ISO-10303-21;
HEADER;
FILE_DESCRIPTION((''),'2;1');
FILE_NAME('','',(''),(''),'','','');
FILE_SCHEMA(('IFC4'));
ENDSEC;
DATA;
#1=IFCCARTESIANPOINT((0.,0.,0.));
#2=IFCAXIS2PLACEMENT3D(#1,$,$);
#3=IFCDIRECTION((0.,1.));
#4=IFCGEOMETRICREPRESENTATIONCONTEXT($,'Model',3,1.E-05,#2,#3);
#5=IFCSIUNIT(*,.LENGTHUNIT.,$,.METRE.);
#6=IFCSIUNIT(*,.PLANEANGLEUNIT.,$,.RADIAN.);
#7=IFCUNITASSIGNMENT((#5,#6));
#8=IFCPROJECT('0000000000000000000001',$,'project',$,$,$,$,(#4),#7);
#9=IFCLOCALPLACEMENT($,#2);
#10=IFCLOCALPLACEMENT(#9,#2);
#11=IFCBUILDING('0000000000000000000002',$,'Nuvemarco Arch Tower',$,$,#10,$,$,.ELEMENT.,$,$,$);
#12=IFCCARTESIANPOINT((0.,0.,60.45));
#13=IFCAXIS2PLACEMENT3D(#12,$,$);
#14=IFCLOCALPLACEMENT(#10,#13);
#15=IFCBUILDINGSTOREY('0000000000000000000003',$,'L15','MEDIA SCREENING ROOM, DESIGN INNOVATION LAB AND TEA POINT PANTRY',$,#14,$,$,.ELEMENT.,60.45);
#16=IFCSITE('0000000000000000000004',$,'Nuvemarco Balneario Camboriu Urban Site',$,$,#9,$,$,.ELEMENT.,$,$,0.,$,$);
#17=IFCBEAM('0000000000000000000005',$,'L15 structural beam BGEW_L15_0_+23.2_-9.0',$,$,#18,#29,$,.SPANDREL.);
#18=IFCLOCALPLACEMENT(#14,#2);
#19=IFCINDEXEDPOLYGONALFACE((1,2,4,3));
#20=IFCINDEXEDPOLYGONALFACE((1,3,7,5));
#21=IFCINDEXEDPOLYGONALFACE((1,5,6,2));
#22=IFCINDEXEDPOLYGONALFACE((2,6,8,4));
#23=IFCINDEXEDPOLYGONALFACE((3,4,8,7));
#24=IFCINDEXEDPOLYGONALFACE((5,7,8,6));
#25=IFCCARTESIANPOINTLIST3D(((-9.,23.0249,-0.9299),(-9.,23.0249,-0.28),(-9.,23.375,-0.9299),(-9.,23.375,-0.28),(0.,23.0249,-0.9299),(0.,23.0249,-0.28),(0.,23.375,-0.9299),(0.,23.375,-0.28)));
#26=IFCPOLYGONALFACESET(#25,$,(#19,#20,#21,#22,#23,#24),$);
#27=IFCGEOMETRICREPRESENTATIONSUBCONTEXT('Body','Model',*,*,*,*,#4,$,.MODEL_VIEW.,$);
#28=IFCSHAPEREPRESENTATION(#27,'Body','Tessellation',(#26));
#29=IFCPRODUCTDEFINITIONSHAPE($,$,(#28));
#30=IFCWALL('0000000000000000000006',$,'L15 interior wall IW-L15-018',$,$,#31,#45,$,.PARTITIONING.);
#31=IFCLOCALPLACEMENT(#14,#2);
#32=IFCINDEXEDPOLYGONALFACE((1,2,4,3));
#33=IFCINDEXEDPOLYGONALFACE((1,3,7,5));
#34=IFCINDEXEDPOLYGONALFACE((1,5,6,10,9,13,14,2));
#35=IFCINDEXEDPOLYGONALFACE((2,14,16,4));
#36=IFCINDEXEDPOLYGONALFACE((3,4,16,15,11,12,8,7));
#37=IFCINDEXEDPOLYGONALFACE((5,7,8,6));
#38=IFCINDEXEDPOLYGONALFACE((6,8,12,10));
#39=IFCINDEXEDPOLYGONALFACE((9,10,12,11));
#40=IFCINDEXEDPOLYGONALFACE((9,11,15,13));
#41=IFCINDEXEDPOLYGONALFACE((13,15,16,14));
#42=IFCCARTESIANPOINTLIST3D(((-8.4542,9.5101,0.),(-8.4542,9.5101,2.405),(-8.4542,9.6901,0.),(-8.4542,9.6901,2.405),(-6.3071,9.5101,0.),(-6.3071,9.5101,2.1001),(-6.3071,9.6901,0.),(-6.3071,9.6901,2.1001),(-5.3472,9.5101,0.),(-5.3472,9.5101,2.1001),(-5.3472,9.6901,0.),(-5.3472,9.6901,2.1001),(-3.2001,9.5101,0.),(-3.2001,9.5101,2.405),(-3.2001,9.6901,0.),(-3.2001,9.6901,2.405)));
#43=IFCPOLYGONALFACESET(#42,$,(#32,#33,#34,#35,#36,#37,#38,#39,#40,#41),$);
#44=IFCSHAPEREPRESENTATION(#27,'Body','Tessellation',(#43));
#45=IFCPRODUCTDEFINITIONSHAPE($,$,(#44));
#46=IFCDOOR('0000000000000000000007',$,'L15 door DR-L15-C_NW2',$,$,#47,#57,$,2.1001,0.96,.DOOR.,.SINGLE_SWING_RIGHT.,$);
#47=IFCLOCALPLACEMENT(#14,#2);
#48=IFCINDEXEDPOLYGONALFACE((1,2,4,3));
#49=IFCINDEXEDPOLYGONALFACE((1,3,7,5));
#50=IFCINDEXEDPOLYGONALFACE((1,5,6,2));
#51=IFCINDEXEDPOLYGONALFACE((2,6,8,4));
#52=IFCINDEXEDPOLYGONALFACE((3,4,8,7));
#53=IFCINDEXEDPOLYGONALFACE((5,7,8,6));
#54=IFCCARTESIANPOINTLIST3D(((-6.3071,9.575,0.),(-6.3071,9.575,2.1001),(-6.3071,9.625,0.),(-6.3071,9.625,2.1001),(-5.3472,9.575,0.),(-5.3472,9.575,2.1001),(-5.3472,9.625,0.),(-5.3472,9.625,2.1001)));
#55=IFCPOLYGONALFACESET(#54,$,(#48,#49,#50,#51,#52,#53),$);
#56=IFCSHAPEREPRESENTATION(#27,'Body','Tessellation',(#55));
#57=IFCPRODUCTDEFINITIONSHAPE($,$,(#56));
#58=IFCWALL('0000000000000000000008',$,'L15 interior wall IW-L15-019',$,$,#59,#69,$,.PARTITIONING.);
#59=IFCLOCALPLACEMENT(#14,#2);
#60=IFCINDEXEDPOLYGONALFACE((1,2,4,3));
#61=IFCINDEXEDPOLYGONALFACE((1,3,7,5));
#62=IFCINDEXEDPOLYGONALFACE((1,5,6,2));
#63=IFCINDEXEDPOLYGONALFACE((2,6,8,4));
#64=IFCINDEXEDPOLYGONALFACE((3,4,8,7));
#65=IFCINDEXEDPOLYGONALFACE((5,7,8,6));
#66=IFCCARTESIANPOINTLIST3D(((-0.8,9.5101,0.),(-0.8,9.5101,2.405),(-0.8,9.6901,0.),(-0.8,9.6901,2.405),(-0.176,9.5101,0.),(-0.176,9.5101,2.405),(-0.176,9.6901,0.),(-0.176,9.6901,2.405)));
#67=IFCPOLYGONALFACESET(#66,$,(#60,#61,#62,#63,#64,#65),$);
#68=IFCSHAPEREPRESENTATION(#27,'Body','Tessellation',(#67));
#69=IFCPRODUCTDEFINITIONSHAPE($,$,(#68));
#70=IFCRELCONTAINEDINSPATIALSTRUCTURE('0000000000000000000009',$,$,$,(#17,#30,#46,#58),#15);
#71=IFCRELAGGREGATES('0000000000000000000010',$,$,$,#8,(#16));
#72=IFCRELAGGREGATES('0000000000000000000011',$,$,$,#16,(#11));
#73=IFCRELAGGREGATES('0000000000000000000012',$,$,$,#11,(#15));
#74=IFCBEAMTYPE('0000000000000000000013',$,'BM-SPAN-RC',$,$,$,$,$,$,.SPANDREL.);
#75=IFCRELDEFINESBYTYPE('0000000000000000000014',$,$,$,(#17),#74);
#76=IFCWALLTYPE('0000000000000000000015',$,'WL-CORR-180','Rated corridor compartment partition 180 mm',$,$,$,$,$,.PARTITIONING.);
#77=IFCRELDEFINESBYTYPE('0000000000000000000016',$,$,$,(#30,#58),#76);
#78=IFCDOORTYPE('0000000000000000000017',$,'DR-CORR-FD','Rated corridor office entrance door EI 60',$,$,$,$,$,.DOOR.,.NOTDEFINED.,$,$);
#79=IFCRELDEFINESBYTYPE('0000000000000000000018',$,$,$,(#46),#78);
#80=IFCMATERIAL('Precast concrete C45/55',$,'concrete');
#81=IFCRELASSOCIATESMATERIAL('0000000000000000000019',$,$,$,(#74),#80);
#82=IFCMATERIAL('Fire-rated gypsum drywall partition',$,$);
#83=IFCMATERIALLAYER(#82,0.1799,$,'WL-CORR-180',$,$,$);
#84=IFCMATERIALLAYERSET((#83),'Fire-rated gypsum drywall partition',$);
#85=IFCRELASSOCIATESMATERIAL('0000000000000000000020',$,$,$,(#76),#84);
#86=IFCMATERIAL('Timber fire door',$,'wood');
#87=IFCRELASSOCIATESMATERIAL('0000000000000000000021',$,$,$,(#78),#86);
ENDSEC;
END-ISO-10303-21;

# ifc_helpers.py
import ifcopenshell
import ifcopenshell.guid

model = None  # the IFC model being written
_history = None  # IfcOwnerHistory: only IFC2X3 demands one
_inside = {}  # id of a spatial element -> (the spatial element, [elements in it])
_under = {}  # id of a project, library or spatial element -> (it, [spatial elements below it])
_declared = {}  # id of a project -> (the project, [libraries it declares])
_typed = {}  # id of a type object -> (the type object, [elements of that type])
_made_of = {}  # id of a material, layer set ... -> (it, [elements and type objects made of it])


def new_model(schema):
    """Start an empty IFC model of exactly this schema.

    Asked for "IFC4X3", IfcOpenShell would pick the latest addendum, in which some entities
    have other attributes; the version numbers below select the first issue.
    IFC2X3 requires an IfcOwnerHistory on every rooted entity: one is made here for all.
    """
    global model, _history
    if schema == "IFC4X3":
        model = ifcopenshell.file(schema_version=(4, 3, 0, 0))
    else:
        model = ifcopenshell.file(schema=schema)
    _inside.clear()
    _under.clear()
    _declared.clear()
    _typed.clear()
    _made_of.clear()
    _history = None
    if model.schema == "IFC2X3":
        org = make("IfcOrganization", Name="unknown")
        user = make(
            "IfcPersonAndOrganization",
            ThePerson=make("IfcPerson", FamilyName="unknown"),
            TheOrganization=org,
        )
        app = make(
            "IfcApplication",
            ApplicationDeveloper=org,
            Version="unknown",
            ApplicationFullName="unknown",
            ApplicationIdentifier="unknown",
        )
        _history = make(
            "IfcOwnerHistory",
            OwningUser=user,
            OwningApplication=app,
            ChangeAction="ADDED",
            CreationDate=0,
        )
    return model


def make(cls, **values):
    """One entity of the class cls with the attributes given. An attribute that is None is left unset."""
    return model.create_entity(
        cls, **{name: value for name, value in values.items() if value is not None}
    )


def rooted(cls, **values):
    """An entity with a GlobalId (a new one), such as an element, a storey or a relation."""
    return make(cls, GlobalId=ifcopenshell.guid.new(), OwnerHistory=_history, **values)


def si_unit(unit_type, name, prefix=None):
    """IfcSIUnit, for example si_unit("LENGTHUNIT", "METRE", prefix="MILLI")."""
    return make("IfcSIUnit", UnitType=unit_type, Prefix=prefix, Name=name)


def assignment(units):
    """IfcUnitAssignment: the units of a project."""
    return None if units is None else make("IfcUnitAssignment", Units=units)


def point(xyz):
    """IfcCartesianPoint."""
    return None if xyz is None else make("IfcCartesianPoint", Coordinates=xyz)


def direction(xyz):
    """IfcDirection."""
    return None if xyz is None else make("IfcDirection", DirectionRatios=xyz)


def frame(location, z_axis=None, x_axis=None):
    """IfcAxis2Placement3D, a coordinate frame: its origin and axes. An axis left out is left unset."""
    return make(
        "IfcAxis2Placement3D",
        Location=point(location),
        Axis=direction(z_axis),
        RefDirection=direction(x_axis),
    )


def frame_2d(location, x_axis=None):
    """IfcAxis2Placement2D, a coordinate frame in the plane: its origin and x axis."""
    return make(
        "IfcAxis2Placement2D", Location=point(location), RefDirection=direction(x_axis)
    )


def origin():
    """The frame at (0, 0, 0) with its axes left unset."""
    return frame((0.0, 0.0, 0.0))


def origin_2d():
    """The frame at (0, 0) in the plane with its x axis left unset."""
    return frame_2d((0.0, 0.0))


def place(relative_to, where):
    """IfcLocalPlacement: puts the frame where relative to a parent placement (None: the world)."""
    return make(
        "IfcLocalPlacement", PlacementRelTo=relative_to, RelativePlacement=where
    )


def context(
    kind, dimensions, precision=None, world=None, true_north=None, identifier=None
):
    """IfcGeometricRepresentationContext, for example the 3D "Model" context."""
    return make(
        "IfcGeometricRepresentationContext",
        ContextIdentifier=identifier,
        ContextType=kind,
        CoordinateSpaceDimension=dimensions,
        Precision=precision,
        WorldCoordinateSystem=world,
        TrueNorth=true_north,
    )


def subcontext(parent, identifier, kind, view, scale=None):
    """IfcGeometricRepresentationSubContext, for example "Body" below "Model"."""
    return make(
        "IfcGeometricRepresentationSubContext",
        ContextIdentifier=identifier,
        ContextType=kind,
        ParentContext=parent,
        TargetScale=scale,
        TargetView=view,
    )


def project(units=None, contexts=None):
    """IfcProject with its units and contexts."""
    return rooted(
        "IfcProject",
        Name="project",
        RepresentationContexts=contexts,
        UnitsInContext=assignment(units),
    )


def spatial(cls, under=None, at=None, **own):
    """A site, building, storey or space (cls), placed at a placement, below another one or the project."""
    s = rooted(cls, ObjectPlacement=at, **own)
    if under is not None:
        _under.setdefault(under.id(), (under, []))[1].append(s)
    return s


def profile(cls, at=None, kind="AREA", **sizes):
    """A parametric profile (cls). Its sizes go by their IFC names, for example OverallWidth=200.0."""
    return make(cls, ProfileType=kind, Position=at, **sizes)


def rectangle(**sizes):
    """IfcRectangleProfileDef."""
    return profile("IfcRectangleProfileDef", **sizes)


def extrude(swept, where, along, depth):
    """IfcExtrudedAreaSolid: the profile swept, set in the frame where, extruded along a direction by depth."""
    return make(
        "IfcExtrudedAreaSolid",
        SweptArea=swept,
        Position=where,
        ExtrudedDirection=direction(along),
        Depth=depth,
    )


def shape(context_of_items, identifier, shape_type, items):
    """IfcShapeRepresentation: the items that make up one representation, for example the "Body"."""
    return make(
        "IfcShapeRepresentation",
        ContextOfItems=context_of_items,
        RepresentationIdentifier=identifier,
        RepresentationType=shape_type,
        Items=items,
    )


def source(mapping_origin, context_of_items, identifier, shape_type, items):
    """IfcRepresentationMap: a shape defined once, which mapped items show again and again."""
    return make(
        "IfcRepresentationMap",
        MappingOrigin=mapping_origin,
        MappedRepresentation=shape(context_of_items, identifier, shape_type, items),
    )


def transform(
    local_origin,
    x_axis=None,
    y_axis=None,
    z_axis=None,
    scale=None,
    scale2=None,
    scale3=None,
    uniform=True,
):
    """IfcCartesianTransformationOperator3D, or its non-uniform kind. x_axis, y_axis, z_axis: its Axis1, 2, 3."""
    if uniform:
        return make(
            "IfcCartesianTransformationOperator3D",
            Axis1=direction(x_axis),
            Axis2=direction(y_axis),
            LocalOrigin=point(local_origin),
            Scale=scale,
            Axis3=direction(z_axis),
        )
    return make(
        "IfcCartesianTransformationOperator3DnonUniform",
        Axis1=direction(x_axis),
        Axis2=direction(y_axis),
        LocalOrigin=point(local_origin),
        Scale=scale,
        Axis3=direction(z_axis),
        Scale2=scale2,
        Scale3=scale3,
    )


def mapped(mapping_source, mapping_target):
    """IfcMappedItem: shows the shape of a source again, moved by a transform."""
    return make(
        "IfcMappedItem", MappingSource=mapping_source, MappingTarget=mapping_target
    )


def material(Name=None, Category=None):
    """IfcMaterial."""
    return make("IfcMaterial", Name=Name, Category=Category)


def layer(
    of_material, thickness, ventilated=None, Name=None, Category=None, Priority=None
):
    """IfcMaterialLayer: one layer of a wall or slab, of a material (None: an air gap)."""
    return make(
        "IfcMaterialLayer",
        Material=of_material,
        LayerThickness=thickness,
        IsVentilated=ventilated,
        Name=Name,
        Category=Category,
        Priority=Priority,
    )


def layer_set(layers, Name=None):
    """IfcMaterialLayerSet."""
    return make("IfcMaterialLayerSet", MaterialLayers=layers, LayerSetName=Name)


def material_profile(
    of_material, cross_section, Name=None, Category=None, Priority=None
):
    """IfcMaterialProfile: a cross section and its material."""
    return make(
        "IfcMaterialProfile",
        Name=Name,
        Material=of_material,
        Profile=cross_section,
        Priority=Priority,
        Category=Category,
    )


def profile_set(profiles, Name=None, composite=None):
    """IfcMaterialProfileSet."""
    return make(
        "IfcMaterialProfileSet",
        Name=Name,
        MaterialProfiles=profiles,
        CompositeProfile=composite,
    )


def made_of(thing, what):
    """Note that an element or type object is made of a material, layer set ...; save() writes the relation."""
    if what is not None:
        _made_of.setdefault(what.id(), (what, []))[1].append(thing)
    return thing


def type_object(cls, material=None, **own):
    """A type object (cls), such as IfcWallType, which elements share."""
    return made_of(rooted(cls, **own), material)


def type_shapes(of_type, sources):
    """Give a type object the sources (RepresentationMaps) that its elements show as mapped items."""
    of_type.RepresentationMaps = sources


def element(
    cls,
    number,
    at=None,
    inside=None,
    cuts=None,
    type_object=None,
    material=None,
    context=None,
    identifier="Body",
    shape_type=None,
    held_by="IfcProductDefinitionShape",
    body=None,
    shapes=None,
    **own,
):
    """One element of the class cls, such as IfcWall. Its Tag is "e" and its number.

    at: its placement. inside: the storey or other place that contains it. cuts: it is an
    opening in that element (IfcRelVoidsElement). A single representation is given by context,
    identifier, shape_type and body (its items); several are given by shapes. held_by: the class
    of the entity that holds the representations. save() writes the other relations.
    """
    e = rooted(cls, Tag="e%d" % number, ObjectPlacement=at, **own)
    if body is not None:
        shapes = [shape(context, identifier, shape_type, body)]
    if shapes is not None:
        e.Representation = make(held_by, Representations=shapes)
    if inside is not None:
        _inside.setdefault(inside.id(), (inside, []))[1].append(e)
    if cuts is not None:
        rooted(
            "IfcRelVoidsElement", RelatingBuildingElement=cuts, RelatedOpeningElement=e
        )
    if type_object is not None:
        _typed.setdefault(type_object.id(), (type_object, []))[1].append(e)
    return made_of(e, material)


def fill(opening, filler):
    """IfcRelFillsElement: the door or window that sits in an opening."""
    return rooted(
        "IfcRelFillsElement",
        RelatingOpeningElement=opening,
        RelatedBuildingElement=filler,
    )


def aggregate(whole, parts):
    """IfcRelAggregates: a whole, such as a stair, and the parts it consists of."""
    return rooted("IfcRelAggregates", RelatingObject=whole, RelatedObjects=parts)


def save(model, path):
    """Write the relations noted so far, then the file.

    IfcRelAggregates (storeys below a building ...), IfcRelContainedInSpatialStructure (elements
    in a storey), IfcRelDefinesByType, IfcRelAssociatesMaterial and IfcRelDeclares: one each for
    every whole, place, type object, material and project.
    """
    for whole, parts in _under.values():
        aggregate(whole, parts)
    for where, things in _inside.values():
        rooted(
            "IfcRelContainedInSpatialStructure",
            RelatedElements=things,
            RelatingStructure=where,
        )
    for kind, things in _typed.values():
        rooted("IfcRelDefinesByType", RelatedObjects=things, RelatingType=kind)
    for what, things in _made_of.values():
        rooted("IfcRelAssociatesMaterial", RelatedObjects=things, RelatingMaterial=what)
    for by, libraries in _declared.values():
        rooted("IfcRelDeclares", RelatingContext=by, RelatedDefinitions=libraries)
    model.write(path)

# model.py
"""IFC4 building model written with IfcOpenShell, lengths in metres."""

from ifc_helpers import new_model, si_unit, direction, frame, frame_2d, origin, origin_2d, place, context, subcontext, project, spatial, rectangle, extrude, source, transform, mapped, material, layer, layer_set, material_profile, profile_set, type_object, type_shapes, element, fill, save


model = new_model("IFC4")

# Units and contexts
model_context = context("Model", 3, precision=1e-05, world=origin(), true_north=direction((0.0, 1.0)))
body_context = subcontext(model_context, "Body", "Model", "MODEL_VIEW")
ifc_project = project(units=[si_unit("LENGTHUNIT", "METRE"), si_unit("PLANEANGLEUNIT", "RADIAN")], contexts=[model_context])

# Site, building, storey
site_placement = place(None, origin())
site = spatial("IfcSite", under=ifc_project, at=site_placement, Name="Nuvemarco Balneario Camboriu Urban Site", CompositionType="ELEMENT", RefElevation=0.0)
building_placement = place(site_placement, origin())
building = spatial("IfcBuilding", under=site, at=building_placement, Name="Nuvemarco Arch Tower", CompositionType="ELEMENT")
storey_placement = place(building_placement, frame((0.0, 0.0, 60.45)))
storey = spatial("IfcBuildingStorey", under=building, at=storey_placement, Name="L15", Description="MEDIA SCREENING ROOM, DESIGN INNOVATION LAB AND TEA POINT PANTRY", CompositionType="ELEMENT", Elevation=60.45)

# Beam
ifc_material_1 = material(Name="Precast concrete C45/55", Category="concrete")
ifc_material_profile_1 = material_profile(ifc_material_1, rectangle(XDim=0.3501, YDim=0.6499, at=origin_2d()), Name="PC-SP-350x650")
ifc_profile_set_1 = profile_set([ifc_material_profile_1], Name="Precast concrete C45/55")
beam_type_1 = type_object("IfcBeamType", Name="BM-SPAN-RC", PredefinedType="SPANDREL", material=ifc_profile_set_1)
beam_1_placement = place(storey_placement, frame((-9.0, 23.2, -0.605), z_axis=(1.0, 0.0, 0.0), x_axis=(0.0, 1.0, 0.0)))
element("IfcBeam", 1, at=beam_1_placement, inside=storey, type_object=beam_type_1, Name="L15 structural beam BGEW_L15_0_+23.2_-9.0", PredefinedType="SPANDREL", context=body_context, shape_type="SweptSolid", body=[
    extrude(rectangle(XDim=0.3501, YDim=0.6499, at=origin_2d()), origin(), (0.0, 0.0, 1.0), 9.0),
])

# Wall, opening, door
ifc_material_2 = material(Name="Fire-rated gypsum drywall partition")
ifc_layer_1 = layer(ifc_material_2, 0.1799, Name="WL-CORR-180")
ifc_layer_set_1 = layer_set([ifc_layer_1], Name="Fire-rated gypsum drywall partition")
wall_type_1 = type_object("IfcWallType", Name="WL-CORR-180", Description="Rated corridor compartment partition 180 mm", PredefinedType="PARTITIONING", material=ifc_layer_set_1)
wall_1_placement = place(storey_placement, frame((-8.4541, 9.6001, 0.0), z_axis=(0.0, 0.0, 1.0), x_axis=(1.0, 0.0, 0.0)))
wall_1 = element("IfcWall", 2, at=wall_1_placement, inside=storey, type_object=wall_type_1, Name="L15 interior wall IW-L15-018", PredefinedType="PARTITIONING", context=body_context, shape_type="SweptSolid", body=[
    extrude(rectangle(XDim=5.2542, YDim=0.1799, at=frame_2d((2.627, 0.0))), origin(), (0.0, 0.0, 1.0), 2.405),
])
opening_1_placement = place(wall_1_placement, frame((2.147, 0.0, 0.0)))
opening_1 = element("IfcOpeningElement", 3, at=opening_1_placement, cuts=wall_1, PredefinedType="OPENING", context=body_context, shape_type="SweptSolid", body=[
    extrude(rectangle(XDim=0.96, YDim=2.1001, at=frame_2d((0.48, 1.05))), frame((0.0, 0.0999, 0.0), z_axis=(0.0, -1.0, 0.0), x_axis=(1.0, 0.0, 0.0)), (0.0, 0.0, 1.0), 0.2),
])
ifc_material_3 = material(Name="Timber fire door", Category="wood")
door_type = type_object("IfcDoorType", Name="DR-CORR-FD", Description="Rated corridor office entrance door EI 60", OperationType="NOTDEFINED", PredefinedType="DOOR", material=ifc_material_3)
shared_shape_1 = source(origin(), body_context, "Body", "SweptSolid", [
    extrude(rectangle(XDim=0.96, YDim=2.1001, at=frame_2d((0.48, 1.05))), frame((0.0, 0.0249, 0.0), z_axis=(0.0, -1.0, 0.0), x_axis=(1.0, 0.0, 0.0)), (0.0, 0.0, 1.0), 0.05),
])
type_shapes(door_type, [shared_shape_1])
door_1_placement = place(opening_1_placement, origin())
door_1 = element("IfcDoor", 4, at=door_1_placement, inside=storey, type_object=door_type, Name="L15 door DR-L15-C_NW2", OperationType="SINGLE_SWING_RIGHT", OverallHeight=2.1001, OverallWidth=0.96, PredefinedType="DOOR", context=body_context, shape_type="MappedRepresentation", body=[
    mapped(shared_shape_1, transform((0.0, 0.0, 0.0), scale=1.0)),
])
fill(opening_1, door_1)

# Wall
wall_2_placement = place(storey_placement, frame((-0.8, 9.6001, 0.0), z_axis=(0.0, 0.0, 1.0), x_axis=(1.0, 0.0, 0.0)))
element("IfcWall", 5, at=wall_2_placement, inside=storey, type_object=wall_type_1, Name="L15 interior wall IW-L15-019", PredefinedType="PARTITIONING", context=body_context, shape_type="SweptSolid", body=[
    extrude(rectangle(XDim=0.624, YDim=0.1799, at=frame_2d((0.312, 0.0))), origin(), (0.0, 0.0, 1.0), 2.405),
])

save(model, "model.ifc")
